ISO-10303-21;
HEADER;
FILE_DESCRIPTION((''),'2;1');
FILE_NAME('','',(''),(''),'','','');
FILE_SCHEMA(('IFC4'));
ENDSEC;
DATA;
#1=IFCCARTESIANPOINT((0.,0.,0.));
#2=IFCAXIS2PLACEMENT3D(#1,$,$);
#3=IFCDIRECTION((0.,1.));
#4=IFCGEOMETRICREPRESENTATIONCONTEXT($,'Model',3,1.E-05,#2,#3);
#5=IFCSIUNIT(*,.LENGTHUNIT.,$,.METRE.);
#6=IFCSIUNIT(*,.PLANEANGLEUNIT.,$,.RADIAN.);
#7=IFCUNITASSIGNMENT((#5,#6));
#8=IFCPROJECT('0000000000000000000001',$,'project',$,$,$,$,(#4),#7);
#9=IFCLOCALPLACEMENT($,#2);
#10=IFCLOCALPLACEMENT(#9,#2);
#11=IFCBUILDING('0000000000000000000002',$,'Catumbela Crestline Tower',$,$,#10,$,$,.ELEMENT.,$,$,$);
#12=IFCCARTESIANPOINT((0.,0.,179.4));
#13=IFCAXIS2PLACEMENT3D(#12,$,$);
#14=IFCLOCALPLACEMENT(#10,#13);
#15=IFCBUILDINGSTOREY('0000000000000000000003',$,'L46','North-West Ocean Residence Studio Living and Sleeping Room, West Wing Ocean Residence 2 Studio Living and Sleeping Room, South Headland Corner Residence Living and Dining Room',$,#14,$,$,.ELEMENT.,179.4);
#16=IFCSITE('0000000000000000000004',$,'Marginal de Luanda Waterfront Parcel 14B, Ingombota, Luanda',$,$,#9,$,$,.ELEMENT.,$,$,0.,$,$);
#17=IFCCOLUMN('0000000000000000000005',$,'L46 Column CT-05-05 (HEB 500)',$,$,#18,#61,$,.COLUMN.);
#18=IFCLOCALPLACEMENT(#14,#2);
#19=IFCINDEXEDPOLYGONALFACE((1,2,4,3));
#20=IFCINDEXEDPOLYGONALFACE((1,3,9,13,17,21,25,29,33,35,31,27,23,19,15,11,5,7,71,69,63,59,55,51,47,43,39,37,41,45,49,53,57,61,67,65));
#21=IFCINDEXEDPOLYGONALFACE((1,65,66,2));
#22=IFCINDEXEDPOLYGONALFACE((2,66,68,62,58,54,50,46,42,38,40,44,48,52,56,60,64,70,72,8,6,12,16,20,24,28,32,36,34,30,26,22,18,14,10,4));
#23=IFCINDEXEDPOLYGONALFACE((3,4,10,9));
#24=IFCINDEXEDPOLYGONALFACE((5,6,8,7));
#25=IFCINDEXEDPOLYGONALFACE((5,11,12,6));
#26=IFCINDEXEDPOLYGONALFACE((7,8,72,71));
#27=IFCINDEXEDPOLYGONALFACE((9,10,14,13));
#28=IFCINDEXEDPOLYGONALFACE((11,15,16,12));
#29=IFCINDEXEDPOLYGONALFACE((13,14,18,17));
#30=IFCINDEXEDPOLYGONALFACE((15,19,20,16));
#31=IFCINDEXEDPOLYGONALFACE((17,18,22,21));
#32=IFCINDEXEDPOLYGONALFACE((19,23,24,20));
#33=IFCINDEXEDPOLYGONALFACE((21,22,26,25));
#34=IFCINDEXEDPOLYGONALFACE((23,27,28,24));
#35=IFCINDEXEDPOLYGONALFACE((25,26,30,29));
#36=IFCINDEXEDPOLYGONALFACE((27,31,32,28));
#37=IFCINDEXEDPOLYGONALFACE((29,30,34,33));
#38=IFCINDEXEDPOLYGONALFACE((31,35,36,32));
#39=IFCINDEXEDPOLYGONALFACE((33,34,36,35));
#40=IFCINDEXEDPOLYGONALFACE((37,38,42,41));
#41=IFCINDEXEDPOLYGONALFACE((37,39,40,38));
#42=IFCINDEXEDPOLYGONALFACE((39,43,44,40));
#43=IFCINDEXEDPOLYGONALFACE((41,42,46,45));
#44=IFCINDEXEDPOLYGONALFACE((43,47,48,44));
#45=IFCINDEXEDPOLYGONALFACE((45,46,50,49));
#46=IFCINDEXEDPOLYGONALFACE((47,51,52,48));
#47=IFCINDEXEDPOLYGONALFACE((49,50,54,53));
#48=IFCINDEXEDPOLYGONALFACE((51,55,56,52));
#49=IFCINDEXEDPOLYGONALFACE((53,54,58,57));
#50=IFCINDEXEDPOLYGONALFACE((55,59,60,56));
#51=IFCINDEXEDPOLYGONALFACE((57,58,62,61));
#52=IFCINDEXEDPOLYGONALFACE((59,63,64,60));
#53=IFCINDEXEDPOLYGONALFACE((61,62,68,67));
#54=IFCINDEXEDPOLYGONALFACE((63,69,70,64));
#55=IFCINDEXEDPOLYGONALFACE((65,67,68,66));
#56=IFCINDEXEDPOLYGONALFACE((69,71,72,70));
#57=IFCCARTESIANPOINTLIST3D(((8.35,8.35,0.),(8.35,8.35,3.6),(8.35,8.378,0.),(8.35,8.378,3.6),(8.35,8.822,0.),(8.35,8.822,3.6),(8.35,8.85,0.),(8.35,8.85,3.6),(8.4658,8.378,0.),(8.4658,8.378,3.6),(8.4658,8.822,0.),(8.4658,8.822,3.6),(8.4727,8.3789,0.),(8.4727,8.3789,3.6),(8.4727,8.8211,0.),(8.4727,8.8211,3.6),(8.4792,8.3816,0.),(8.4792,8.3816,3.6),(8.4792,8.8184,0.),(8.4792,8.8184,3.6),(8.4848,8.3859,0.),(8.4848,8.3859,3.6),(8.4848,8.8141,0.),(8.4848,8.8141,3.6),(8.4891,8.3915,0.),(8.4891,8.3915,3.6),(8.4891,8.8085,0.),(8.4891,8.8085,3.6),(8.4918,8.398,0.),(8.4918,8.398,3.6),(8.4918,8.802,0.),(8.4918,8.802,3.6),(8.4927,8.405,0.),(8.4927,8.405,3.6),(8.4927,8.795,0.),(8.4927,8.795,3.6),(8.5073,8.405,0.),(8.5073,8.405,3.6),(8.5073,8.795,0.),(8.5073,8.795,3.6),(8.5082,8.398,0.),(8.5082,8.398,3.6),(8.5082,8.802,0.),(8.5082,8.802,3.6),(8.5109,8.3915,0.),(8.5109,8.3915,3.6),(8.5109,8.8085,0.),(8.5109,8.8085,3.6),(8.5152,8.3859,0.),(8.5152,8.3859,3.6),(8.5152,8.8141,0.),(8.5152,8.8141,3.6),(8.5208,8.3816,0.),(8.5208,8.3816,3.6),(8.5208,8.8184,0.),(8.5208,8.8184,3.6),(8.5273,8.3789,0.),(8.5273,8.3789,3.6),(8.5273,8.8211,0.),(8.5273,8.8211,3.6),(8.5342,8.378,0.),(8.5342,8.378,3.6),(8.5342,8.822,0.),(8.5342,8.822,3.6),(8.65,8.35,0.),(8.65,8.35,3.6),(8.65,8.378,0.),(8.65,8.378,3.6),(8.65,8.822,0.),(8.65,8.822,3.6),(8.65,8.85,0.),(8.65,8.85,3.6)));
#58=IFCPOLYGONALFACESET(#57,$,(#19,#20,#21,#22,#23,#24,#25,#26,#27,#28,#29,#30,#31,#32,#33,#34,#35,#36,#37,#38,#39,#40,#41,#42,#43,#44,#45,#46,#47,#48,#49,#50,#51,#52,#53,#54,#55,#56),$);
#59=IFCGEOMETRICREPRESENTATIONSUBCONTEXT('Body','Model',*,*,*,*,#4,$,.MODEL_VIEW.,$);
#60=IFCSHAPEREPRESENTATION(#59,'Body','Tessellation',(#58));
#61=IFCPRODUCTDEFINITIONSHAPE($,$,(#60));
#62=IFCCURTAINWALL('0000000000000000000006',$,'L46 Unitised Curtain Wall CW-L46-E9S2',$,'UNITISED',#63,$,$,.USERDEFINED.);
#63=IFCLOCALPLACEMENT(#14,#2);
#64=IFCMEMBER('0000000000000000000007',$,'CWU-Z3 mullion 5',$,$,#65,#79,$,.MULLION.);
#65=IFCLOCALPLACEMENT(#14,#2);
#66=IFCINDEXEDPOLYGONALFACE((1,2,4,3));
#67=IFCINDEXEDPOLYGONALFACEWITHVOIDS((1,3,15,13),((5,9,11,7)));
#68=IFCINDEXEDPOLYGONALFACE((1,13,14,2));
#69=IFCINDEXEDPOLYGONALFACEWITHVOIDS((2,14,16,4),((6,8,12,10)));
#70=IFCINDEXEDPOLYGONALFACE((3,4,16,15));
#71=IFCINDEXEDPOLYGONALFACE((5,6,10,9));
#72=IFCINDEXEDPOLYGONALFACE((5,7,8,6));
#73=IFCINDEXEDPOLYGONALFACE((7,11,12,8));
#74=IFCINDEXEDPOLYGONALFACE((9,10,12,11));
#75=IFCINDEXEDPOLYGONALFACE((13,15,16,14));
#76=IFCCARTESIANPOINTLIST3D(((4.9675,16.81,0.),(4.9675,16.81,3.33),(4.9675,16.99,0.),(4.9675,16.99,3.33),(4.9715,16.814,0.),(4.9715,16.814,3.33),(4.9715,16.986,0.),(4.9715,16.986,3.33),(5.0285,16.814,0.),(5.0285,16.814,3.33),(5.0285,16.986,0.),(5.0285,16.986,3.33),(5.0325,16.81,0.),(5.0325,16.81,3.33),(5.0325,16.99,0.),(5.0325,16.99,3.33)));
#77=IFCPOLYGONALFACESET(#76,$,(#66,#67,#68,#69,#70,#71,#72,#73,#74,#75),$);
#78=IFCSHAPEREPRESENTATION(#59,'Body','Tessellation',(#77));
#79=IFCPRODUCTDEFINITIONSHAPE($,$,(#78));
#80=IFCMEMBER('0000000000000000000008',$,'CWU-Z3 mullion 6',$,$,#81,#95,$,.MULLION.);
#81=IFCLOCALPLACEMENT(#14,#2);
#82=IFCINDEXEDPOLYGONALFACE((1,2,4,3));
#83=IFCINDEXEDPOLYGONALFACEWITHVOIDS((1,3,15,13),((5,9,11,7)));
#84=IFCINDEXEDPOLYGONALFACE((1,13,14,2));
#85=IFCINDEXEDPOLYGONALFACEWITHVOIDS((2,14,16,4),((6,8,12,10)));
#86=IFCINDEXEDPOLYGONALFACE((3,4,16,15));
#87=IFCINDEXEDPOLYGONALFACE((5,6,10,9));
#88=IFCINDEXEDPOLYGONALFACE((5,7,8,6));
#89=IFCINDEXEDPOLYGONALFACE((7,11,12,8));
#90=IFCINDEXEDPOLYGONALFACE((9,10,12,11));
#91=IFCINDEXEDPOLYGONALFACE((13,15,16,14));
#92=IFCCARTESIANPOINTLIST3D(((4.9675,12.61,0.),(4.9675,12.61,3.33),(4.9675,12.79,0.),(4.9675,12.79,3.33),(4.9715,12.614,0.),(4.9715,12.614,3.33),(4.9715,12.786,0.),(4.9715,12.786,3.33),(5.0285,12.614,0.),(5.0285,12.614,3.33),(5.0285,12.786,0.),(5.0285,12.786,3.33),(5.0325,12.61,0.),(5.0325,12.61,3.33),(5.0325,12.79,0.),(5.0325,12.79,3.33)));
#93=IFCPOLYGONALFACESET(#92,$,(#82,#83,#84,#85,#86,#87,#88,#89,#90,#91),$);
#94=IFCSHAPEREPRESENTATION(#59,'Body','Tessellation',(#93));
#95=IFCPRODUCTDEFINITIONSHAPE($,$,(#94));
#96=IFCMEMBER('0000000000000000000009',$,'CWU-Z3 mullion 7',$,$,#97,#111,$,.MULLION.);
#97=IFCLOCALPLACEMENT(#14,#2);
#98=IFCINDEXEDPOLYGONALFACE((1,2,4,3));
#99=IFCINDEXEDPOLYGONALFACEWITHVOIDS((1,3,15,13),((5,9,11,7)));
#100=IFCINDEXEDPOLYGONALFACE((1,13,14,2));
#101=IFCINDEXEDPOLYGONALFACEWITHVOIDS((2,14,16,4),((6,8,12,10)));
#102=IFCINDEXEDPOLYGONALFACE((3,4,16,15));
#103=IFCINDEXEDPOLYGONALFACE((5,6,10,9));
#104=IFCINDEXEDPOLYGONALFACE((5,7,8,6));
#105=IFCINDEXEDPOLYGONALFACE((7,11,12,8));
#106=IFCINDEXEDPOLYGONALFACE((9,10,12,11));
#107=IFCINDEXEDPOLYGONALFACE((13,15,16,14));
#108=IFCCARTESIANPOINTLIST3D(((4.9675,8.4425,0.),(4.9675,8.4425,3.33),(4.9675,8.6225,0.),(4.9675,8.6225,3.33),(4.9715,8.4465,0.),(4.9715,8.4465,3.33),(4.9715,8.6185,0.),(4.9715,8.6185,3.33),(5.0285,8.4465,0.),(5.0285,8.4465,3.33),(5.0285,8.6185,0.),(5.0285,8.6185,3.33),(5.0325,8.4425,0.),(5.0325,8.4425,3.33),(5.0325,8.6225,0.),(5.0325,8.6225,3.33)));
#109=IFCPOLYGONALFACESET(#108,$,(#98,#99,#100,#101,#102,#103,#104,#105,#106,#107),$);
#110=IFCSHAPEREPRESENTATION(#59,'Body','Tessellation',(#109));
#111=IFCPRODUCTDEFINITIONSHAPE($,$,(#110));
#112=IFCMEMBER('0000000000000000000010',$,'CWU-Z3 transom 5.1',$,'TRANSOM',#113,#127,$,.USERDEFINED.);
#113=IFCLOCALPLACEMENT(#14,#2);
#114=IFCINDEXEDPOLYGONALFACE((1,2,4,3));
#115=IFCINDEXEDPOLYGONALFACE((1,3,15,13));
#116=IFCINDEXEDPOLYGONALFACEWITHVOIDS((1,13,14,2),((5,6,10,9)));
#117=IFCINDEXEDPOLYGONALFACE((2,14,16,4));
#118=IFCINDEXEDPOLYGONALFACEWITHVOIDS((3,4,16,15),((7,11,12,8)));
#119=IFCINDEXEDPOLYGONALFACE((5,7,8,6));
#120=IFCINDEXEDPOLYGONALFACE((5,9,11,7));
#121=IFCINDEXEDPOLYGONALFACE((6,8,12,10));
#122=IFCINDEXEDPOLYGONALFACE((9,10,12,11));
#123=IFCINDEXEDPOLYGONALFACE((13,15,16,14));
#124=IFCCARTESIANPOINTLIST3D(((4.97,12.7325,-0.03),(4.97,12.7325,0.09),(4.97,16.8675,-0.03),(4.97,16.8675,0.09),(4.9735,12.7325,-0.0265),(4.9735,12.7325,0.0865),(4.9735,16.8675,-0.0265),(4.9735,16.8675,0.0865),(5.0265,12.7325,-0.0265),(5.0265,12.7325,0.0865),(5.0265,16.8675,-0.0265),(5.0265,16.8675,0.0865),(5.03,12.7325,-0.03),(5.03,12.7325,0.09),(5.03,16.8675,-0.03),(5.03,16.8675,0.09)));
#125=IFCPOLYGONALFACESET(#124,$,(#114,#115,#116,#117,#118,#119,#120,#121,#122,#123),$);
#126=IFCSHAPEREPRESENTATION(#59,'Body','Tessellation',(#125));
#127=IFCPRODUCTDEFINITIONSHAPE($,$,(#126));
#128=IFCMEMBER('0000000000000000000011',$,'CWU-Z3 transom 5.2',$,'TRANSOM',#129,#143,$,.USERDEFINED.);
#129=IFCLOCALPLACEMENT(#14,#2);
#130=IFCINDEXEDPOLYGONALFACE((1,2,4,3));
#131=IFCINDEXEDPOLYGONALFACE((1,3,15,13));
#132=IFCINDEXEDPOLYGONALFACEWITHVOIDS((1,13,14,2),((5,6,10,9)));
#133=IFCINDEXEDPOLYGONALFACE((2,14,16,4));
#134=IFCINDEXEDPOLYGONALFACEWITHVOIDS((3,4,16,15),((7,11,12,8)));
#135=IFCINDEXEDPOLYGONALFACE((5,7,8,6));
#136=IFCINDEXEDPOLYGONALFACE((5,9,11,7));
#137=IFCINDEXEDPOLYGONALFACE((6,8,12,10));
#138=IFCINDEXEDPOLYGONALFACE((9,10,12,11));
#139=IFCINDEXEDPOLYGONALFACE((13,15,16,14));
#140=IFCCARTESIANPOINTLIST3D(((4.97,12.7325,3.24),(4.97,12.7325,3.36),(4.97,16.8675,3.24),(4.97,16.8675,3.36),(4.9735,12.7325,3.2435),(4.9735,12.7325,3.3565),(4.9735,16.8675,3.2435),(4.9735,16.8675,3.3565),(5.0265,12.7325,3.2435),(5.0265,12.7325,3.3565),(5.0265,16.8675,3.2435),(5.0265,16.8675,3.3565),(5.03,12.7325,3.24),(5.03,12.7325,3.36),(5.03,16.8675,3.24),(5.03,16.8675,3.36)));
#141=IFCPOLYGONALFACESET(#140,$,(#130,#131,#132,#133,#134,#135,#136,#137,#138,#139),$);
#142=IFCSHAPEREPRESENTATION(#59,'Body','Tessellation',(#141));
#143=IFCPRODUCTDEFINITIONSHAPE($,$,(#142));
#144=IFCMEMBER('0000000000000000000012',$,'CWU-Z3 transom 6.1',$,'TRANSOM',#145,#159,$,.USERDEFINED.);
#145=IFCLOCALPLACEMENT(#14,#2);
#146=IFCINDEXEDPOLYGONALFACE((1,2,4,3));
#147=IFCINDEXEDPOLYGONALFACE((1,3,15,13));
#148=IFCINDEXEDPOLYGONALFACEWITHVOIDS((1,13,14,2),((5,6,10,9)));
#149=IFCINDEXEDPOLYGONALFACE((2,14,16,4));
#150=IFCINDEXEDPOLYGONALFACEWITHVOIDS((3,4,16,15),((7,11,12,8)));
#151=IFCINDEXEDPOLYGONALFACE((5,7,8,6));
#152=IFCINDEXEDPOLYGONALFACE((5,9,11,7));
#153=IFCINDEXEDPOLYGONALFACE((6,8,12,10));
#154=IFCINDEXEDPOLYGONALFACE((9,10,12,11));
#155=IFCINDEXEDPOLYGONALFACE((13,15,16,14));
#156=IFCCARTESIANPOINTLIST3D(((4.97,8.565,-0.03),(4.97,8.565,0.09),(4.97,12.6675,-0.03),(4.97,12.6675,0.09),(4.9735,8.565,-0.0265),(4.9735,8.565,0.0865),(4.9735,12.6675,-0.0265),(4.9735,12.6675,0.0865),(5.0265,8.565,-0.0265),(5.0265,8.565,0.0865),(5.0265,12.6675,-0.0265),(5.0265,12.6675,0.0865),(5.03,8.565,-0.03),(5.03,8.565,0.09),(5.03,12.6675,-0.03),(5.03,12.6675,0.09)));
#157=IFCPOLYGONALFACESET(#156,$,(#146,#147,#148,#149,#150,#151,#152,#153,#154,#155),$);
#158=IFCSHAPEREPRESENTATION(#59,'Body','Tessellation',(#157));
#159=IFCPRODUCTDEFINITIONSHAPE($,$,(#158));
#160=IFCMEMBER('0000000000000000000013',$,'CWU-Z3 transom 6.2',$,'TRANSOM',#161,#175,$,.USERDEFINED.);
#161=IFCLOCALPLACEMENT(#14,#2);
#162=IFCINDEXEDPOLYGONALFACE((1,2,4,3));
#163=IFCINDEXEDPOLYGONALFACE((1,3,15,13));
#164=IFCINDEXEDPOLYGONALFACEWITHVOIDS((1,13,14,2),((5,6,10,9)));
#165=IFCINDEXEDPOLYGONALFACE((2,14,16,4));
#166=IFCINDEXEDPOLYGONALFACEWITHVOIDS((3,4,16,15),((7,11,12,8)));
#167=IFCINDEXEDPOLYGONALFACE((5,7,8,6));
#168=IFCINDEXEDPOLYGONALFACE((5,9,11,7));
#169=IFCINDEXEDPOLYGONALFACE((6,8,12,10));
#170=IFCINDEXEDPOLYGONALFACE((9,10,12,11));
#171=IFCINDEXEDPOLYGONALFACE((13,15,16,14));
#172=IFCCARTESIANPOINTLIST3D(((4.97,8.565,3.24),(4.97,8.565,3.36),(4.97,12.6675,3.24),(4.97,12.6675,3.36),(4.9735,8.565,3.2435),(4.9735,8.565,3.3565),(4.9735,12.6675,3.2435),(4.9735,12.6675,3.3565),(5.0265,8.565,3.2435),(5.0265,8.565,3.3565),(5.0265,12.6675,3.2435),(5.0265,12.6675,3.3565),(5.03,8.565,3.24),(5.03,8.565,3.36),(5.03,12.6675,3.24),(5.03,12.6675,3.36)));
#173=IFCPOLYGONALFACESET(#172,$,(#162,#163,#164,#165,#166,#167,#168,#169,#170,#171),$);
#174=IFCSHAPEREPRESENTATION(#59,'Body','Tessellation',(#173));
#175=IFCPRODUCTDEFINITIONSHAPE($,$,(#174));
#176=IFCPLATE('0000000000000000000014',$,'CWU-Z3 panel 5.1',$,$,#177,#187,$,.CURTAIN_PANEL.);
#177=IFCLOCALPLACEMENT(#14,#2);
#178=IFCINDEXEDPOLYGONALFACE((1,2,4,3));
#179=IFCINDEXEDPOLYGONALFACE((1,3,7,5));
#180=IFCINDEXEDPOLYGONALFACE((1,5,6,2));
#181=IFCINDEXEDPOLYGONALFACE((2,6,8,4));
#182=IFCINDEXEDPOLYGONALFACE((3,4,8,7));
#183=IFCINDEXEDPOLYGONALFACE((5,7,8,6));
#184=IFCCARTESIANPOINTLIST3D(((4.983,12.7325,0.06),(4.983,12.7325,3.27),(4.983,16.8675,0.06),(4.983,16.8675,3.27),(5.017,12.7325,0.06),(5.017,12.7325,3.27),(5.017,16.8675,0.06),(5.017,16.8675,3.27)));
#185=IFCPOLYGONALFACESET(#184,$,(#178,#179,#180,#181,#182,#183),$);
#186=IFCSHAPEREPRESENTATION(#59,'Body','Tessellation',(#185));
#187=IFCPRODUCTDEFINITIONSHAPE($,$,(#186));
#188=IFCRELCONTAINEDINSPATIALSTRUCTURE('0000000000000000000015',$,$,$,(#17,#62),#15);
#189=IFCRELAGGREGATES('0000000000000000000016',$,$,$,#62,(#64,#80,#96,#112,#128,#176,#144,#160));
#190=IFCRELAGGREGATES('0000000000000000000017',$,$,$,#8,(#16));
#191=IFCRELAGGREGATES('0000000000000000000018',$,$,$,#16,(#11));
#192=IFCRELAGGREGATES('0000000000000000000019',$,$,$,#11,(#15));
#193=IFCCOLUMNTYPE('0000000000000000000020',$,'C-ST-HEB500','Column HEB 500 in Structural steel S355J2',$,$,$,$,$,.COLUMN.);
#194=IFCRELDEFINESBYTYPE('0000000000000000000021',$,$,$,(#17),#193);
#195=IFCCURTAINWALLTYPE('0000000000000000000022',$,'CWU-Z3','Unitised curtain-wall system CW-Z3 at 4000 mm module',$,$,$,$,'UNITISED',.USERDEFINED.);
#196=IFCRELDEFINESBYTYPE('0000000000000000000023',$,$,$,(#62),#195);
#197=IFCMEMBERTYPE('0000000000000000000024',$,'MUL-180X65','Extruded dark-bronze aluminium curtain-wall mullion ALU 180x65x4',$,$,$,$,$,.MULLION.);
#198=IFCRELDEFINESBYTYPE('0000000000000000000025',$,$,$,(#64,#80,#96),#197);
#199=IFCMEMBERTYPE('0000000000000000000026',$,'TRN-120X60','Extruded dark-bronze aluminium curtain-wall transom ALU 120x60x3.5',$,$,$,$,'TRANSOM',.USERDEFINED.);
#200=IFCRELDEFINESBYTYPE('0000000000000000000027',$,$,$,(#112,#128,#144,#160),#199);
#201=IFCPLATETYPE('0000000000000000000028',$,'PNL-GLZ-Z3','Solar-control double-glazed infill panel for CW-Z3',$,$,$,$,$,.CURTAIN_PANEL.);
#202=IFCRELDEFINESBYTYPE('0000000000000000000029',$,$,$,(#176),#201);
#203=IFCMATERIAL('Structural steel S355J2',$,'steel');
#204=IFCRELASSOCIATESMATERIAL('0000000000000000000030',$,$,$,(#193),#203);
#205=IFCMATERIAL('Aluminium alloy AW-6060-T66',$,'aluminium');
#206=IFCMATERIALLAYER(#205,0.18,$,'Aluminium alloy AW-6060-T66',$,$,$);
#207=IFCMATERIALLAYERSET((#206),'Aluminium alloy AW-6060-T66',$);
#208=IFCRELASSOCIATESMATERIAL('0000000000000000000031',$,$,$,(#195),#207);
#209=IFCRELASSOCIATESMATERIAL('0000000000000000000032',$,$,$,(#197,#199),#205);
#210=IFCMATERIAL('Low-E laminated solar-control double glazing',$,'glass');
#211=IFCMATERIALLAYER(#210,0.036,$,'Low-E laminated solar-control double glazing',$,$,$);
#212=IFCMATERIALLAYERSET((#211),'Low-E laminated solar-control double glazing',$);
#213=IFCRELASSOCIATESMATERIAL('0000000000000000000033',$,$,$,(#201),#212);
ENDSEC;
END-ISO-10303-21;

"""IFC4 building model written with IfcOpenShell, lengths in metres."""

from ifc_helpers import new_model, si_unit, direction, frame, origin, origin_2d, place, context, subcontext, project, spatial, rectangle, hollow_rectangle, i_section, extrude, material, layer, layer_set, material_profile, profile_set, type_object, element, aggregate, save


model = new_model("IFC4")

# Units and contexts
model_context = context("Model", 3, precision=1e-05, world=origin(), true_north=direction((0.0, 1.0)))
body_context = subcontext(model_context, "Body", "Model", "MODEL_VIEW")
ifc_project = project(units=[si_unit("LENGTHUNIT", "METRE"), si_unit("PLANEANGLEUNIT", "RADIAN")], contexts=[model_context])

# Site, building, storey
site_placement = place(None, origin())
site = spatial("IfcSite", under=ifc_project, at=site_placement, Name="Marginal de Luanda Waterfront Parcel 14B, Ingombota, Luanda", CompositionType="ELEMENT", RefElevation=0.0)
building_placement = place(site_placement, origin())
building = spatial("IfcBuilding", under=site, at=building_placement, Name="Catumbela Crestline Tower", CompositionType="ELEMENT")
storey_placement = place(building_placement, frame((0.0, 0.0, 179.4)))
storey = spatial("IfcBuildingStorey", under=building, at=storey_placement, Name="L46", Description="North-West Ocean Residence Studio Living and Sleeping Room, West Wing Ocean Residence 2 Studio Living and Sleeping Room, South Headland Corner Residence Living and Dining Room", CompositionType="ELEMENT", Elevation=179.4)

# Column
ifc_material_1 = material(Name="Structural steel S355J2", Category="steel")
ifc_material_profile_1 = material_profile(ifc_material_1, i_section(OverallWidth=0.3, OverallDepth=0.5, WebThickness=0.0145, FlangeThickness=0.028, FilletRadius=0.027, at=origin_2d()), Name="HEB 500")
ifc_profile_set_1 = profile_set([ifc_material_profile_1], Name="Structural steel S355J2")
column_type = type_object("IfcColumnType", Name="C-ST-HEB500", Description="Column HEB 500 in Structural steel S355J2", PredefinedType="COLUMN", material=ifc_profile_set_1)
column_placement = place(storey_placement, frame((8.5, 8.6, 0.0), z_axis=(0.0, 0.0, 1.0), x_axis=(1.0, 0.0, 0.0)))
element("IfcColumn", 1, at=column_placement, inside=storey, type_object=column_type, Name="L46 Column CT-05-05 (HEB 500)", PredefinedType="COLUMN", context=body_context, shape_type="SweptSolid", body=[
    extrude(i_section(OverallWidth=0.3, OverallDepth=0.5, WebThickness=0.0145, FlangeThickness=0.028, FilletRadius=0.027, at=origin_2d()), origin(), (0.0, 0.0, 1.0), 3.6),
])

# Curtain wall, members, plate
ifc_material_2 = material(Name="Aluminium alloy AW-6060-T66", Category="aluminium")
ifc_layer_1 = layer(ifc_material_2, 0.18, Name="Aluminium alloy AW-6060-T66")
ifc_layer_set_1 = layer_set([ifc_layer_1], Name="Aluminium alloy AW-6060-T66")
curtain_wall_type = type_object("IfcCurtainWallType", Name="CWU-Z3", Description="Unitised curtain-wall system CW-Z3 at 4000 mm module", ElementType="UNITISED", PredefinedType="USERDEFINED", material=ifc_layer_set_1)
curtain_wall_placement = place(storey_placement, origin())
curtain_wall = element("IfcCurtainWall", 2, at=curtain_wall_placement, inside=storey, type_object=curtain_wall_type, Name="L46 Unitised Curtain Wall CW-L46-E9S2", ObjectType="UNITISED", PredefinedType="USERDEFINED")
ifc_material_profile_2 = material_profile(ifc_material_2, hollow_rectangle(XDim=0.065, YDim=0.18, WallThickness=0.004, at=origin_2d()), Name="ALU 180x65x4")
ifc_profile_set_2 = profile_set([ifc_material_profile_2], Name="Aluminium alloy AW-6060-T66")
member_type_1 = type_object("IfcMemberType", Name="MUL-180X65", Description="Extruded dark-bronze aluminium curtain-wall mullion ALU 180x65x4", PredefinedType="MULLION", material=ifc_profile_set_2)
member_1_placement = place(storey_placement, frame((5.0, 16.9, 0.0), z_axis=(0.0, 0.0, 1.0), x_axis=(1.0, 0.0, 0.0)))
member_1 = element("IfcMember", 3, at=member_1_placement, type_object=member_type_1, Name="CWU-Z3 mullion 5", PredefinedType="MULLION", context=body_context, shape_type="SweptSolid", body=[
    extrude(hollow_rectangle(XDim=0.065, YDim=0.18, WallThickness=0.004, at=origin_2d()), origin(), (0.0, 0.0, 1.0), 3.33),
])
member_2_placement = place(storey_placement, frame((5.0, 12.7, 0.0), z_axis=(0.0, 0.0, 1.0), x_axis=(1.0, 0.0, 0.0)))
member_2 = element("IfcMember", 4, at=member_2_placement, type_object=member_type_1, Name="CWU-Z3 mullion 6", PredefinedType="MULLION", context=body_context, shape_type="SweptSolid", body=[
    extrude(hollow_rectangle(XDim=0.065, YDim=0.18, WallThickness=0.004, at=origin_2d()), origin(), (0.0, 0.0, 1.0), 3.33),
])
member_3_placement = place(storey_placement, frame((5.0, 8.5325, 0.0), z_axis=(0.0, 0.0, 1.0), x_axis=(1.0, 0.0, 0.0)))
member_3 = element("IfcMember", 5, at=member_3_placement, type_object=member_type_1, Name="CWU-Z3 mullion 7", PredefinedType="MULLION", context=body_context, shape_type="SweptSolid", body=[
    extrude(hollow_rectangle(XDim=0.065, YDim=0.18, WallThickness=0.004, at=origin_2d()), origin(), (0.0, 0.0, 1.0), 3.33),
])
ifc_material_profile_3 = material_profile(ifc_material_2, hollow_rectangle(XDim=0.06, YDim=0.12, WallThickness=0.0035, at=origin_2d()), Name="ALU 120x60x3.5")
ifc_profile_set_3 = profile_set([ifc_material_profile_3], Name="Aluminium alloy AW-6060-T66")
member_type_2 = type_object("IfcMemberType", Name="TRN-120X60", Description="Extruded dark-bronze aluminium curtain-wall transom ALU 120x60x3.5", ElementType="TRANSOM", PredefinedType="USERDEFINED", material=ifc_profile_set_3)
member_4_placement = place(storey_placement, frame((5.0, 16.8675, 0.03), z_axis=(0.0, -1.0, 0.0), x_axis=(1.0, 0.0, 0.0)))
member_4 = element("IfcMember", 6, at=member_4_placement, type_object=member_type_2, Name="CWU-Z3 transom 5.1", ObjectType="TRANSOM", PredefinedType="USERDEFINED", context=body_context, shape_type="SweptSolid", body=[
    extrude(hollow_rectangle(XDim=0.06, YDim=0.12, WallThickness=0.0035, at=origin_2d()), origin(), (0.0, 0.0, 1.0), 4.135),
])
member_5_placement = place(storey_placement, frame((5.0, 16.8675, 3.3), z_axis=(0.0, -1.0, 0.0), x_axis=(1.0, 0.0, 0.0)))
member_5 = element("IfcMember", 7, at=member_5_placement, type_object=member_type_2, Name="CWU-Z3 transom 5.2", ObjectType="TRANSOM", PredefinedType="USERDEFINED", context=body_context, shape_type="SweptSolid", body=[
    extrude(hollow_rectangle(XDim=0.06, YDim=0.12, WallThickness=0.0035, at=origin_2d()), origin(), (0.0, 0.0, 1.0), 4.135),
])
member_6_placement = place(storey_placement, frame((5.0, 12.6675, 0.03), z_axis=(0.0, -1.0, 0.0), x_axis=(1.0, 0.0, 0.0)))
member_6 = element("IfcMember", 8, at=member_6_placement, type_object=member_type_2, Name="CWU-Z3 transom 6.1", ObjectType="TRANSOM", PredefinedType="USERDEFINED", context=body_context, shape_type="SweptSolid", body=[
    extrude(hollow_rectangle(XDim=0.06, YDim=0.12, WallThickness=0.0035, at=origin_2d()), origin(), (0.0, 0.0, 1.0), 4.1025),
])
member_7_placement = place(storey_placement, frame((5.0, 12.6675, 3.3), z_axis=(0.0, -1.0, 0.0), x_axis=(1.0, 0.0, 0.0)))
member_7 = element("IfcMember", 9, at=member_7_placement, type_object=member_type_2, Name="CWU-Z3 transom 6.2", ObjectType="TRANSOM", PredefinedType="USERDEFINED", context=body_context, shape_type="SweptSolid", body=[
    extrude(hollow_rectangle(XDim=0.06, YDim=0.12, WallThickness=0.0035, at=origin_2d()), origin(), (0.0, 0.0, 1.0), 4.1025),
])
ifc_material_3 = material(Name="Low-E laminated solar-control double glazing", Category="glass")
ifc_layer_2 = layer(ifc_material_3, 0.036, Name="Low-E laminated solar-control double glazing")
ifc_layer_set_2 = layer_set([ifc_layer_2], Name="Low-E laminated solar-control double glazing")
plate_type = type_object("IfcPlateType", Name="PNL-GLZ-Z3", Description="Solar-control double-glazed infill panel for CW-Z3", PredefinedType="CURTAIN_PANEL", material=ifc_layer_set_2)
plate_1_placement = place(storey_placement, frame((5.0, 14.8, 0.06), z_axis=(0.0, 0.0, 1.0), x_axis=(0.0, -1.0, 0.0)))
plate_1 = element("IfcPlate", 10, at=plate_1_placement, type_object=plate_type, Name="CWU-Z3 panel 5.1", PredefinedType="CURTAIN_PANEL", context=body_context, shape_type="SweptSolid", body=[
    extrude(rectangle(XDim=4.135, YDim=0.034, at=origin_2d()), origin(), (0.0, 0.0, 1.0), 3.21),
])
aggregate(curtain_wall, [member_1, member_2, member_3, member_4, member_5, plate_1, member_6, member_7])

save(model, "model.ifc")
